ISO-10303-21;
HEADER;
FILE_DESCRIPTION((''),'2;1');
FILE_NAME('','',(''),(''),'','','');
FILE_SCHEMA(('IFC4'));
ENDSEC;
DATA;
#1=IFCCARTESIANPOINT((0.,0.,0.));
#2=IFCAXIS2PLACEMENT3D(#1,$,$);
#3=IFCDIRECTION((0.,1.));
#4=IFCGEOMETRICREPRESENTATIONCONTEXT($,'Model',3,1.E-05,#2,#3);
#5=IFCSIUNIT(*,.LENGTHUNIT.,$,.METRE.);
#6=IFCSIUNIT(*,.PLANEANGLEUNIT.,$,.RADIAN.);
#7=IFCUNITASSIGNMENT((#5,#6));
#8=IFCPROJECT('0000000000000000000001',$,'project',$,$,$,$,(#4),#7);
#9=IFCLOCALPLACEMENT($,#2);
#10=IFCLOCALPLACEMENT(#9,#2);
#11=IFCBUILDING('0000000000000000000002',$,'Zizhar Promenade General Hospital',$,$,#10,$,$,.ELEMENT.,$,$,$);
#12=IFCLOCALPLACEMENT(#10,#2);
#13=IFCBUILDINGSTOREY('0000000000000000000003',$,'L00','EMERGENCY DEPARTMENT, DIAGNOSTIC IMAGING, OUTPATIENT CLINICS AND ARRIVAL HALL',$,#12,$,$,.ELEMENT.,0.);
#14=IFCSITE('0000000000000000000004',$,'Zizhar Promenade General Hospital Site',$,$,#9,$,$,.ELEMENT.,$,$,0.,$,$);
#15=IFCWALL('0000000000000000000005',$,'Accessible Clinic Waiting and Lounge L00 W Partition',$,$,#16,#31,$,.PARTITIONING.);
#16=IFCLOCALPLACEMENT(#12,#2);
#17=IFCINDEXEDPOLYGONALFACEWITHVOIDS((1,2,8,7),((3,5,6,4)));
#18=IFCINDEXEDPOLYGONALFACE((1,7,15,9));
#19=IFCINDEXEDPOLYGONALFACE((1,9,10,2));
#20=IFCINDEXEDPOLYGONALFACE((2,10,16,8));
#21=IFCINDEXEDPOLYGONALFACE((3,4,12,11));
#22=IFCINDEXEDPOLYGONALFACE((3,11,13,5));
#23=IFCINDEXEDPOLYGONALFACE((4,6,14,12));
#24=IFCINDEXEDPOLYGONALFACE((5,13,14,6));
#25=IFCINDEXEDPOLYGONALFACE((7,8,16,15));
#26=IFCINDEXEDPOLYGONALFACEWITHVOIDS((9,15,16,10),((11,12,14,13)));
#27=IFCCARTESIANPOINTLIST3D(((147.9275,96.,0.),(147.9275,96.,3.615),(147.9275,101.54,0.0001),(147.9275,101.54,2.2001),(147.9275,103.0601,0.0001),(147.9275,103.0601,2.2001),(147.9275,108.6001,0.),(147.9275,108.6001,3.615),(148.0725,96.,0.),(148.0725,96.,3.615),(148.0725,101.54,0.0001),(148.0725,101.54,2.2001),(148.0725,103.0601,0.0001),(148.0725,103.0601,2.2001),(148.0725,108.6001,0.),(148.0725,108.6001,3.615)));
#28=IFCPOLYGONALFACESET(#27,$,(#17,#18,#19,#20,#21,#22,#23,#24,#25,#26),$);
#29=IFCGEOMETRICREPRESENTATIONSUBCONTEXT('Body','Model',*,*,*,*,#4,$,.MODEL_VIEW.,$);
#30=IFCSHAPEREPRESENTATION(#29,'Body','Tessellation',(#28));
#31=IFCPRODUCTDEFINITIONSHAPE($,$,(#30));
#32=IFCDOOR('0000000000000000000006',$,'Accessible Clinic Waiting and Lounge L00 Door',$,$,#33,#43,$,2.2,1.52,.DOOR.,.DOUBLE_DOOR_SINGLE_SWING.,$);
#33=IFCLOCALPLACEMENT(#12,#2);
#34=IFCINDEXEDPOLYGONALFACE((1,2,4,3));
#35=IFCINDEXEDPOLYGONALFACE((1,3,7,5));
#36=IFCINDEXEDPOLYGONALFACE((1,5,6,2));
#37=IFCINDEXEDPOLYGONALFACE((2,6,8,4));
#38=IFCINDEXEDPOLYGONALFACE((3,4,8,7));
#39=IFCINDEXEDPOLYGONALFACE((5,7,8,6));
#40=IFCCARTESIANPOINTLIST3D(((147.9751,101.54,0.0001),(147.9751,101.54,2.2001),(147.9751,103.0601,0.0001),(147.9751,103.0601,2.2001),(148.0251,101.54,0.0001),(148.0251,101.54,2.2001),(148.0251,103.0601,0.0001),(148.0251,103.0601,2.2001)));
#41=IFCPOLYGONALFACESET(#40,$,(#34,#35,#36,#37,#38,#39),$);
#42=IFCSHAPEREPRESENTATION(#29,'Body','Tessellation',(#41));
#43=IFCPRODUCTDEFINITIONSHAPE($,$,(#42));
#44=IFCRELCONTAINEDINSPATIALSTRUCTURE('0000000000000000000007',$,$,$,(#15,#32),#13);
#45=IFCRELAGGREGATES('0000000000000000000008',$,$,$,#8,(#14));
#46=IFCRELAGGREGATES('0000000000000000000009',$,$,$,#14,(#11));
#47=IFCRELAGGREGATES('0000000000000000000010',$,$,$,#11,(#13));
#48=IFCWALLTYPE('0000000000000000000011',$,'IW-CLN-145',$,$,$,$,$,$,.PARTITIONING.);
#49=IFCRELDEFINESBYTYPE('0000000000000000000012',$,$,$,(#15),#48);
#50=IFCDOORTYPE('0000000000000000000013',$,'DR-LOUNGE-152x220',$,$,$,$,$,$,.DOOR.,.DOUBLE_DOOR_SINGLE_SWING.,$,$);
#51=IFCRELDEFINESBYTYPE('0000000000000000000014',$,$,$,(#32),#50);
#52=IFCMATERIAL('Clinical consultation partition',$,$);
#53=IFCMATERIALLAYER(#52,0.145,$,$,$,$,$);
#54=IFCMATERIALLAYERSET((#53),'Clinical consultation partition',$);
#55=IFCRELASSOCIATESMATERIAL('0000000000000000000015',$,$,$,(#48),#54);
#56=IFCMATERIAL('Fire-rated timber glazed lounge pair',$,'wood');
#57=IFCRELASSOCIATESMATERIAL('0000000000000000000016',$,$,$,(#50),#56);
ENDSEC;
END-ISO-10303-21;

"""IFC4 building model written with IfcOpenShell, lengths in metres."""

from ifc_helpers import new_model, si_unit, direction, frame, frame_2d, origin, place, context, subcontext, project, spatial, rectangle, extrude, material, layer, layer_set, type_object, element, fill, save


model = new_model("IFC4")

# Units and contexts
model_context = context("Model", 3, precision=1e-05, world=origin(), true_north=direction((0.0, 1.0)))
body_context = subcontext(model_context, "Body", "Model", "MODEL_VIEW")
ifc_project = project(units=[si_unit("LENGTHUNIT", "METRE"), si_unit("PLANEANGLEUNIT", "RADIAN")], contexts=[model_context])

# Site, building, storey
site_placement = place(None, origin())
site = spatial("IfcSite", under=ifc_project, at=site_placement, Name="Zizhar Promenade General Hospital Site", CompositionType="ELEMENT", RefElevation=0.0)
building_placement = place(site_placement, origin())
building = spatial("IfcBuilding", under=site, at=building_placement, Name="Zizhar Promenade General Hospital", CompositionType="ELEMENT")
storey_placement = place(building_placement, origin())
storey = spatial("IfcBuildingStorey", under=building, at=storey_placement, Name="L00", Description="EMERGENCY DEPARTMENT, DIAGNOSTIC IMAGING, OUTPATIENT CLINICS AND ARRIVAL HALL", CompositionType="ELEMENT", Elevation=0.0)

# Shared definitions
ifc_material_1 = material(Name="Clinical consultation partition")
ifc_layer_1 = layer(ifc_material_1, 0.145)
ifc_layer_set_1 = layer_set([ifc_layer_1], Name="Clinical consultation partition")
wall_type_1 = type_object("IfcWallType", Name="IW-CLN-145", PredefinedType="PARTITIONING", material=ifc_layer_set_1)

# Wall, opening, door
wall_1_placement = place(storey_placement, frame((148.0, 96.0, 0.0), z_axis=(0.0, 0.0, 1.0), x_axis=(0.0, 1.0, 0.0)))
wall_1 = element("IfcWall", 1, at=wall_1_placement, inside=storey, type_object=wall_type_1, Name="Accessible Clinic Waiting and Lounge L00 W Partition", PredefinedType="PARTITIONING", context=body_context, shape_type="SweptSolid", body=[
    extrude(rectangle(XDim=12.6001, YDim=0.145, at=frame_2d((6.3, 0.0))), origin(), (0.0, 0.0, 1.0), 3.615),
])
opening_1_placement = place(wall_1_placement, frame((5.54, 0.0, 0.0)))
opening_1 = element("IfcOpeningElement", 2, at=opening_1_placement, cuts=wall_1, PredefinedType="OPENING", context=body_context, shape_type="SweptSolid", body=[
    extrude(rectangle(XDim=1.52, YDim=2.2, at=frame_2d((0.76, 1.1001))), frame((0.0, 0.0825, 0.0), z_axis=(0.0, -1.0, 0.0), x_axis=(1.0, 0.0, 0.0)), (0.0, 0.0, 1.0), 0.165),
])
ifc_material_2 = material(Name="Fire-rated timber glazed lounge pair", Category="wood")
door_type = type_object("IfcDoorType", Name="DR-LOUNGE-152x220", OperationType="DOUBLE_DOOR_SINGLE_SWING", PredefinedType="DOOR", material=ifc_material_2)
door_placement = place(opening_1_placement, origin())
door = element("IfcDoor", 3, at=door_placement, inside=storey, type_object=door_type, Name="Accessible Clinic Waiting and Lounge L00 Door", OperationType="DOUBLE_DOOR_SINGLE_SWING", OverallHeight=2.2, OverallWidth=1.52, PredefinedType="DOOR", context=body_context, shape_type="SweptSolid", body=[
    extrude(rectangle(XDim=1.52, YDim=2.2, at=frame_2d((0.76, 1.1001))), frame((0.0, 0.0249, 0.0), z_axis=(0.0, -1.0, 0.0), x_axis=(1.0, 0.0, 0.0)), (0.0, 0.0, 1.0), 0.05),
])
fill(opening_1, door)

save(model, "model.ifc")
